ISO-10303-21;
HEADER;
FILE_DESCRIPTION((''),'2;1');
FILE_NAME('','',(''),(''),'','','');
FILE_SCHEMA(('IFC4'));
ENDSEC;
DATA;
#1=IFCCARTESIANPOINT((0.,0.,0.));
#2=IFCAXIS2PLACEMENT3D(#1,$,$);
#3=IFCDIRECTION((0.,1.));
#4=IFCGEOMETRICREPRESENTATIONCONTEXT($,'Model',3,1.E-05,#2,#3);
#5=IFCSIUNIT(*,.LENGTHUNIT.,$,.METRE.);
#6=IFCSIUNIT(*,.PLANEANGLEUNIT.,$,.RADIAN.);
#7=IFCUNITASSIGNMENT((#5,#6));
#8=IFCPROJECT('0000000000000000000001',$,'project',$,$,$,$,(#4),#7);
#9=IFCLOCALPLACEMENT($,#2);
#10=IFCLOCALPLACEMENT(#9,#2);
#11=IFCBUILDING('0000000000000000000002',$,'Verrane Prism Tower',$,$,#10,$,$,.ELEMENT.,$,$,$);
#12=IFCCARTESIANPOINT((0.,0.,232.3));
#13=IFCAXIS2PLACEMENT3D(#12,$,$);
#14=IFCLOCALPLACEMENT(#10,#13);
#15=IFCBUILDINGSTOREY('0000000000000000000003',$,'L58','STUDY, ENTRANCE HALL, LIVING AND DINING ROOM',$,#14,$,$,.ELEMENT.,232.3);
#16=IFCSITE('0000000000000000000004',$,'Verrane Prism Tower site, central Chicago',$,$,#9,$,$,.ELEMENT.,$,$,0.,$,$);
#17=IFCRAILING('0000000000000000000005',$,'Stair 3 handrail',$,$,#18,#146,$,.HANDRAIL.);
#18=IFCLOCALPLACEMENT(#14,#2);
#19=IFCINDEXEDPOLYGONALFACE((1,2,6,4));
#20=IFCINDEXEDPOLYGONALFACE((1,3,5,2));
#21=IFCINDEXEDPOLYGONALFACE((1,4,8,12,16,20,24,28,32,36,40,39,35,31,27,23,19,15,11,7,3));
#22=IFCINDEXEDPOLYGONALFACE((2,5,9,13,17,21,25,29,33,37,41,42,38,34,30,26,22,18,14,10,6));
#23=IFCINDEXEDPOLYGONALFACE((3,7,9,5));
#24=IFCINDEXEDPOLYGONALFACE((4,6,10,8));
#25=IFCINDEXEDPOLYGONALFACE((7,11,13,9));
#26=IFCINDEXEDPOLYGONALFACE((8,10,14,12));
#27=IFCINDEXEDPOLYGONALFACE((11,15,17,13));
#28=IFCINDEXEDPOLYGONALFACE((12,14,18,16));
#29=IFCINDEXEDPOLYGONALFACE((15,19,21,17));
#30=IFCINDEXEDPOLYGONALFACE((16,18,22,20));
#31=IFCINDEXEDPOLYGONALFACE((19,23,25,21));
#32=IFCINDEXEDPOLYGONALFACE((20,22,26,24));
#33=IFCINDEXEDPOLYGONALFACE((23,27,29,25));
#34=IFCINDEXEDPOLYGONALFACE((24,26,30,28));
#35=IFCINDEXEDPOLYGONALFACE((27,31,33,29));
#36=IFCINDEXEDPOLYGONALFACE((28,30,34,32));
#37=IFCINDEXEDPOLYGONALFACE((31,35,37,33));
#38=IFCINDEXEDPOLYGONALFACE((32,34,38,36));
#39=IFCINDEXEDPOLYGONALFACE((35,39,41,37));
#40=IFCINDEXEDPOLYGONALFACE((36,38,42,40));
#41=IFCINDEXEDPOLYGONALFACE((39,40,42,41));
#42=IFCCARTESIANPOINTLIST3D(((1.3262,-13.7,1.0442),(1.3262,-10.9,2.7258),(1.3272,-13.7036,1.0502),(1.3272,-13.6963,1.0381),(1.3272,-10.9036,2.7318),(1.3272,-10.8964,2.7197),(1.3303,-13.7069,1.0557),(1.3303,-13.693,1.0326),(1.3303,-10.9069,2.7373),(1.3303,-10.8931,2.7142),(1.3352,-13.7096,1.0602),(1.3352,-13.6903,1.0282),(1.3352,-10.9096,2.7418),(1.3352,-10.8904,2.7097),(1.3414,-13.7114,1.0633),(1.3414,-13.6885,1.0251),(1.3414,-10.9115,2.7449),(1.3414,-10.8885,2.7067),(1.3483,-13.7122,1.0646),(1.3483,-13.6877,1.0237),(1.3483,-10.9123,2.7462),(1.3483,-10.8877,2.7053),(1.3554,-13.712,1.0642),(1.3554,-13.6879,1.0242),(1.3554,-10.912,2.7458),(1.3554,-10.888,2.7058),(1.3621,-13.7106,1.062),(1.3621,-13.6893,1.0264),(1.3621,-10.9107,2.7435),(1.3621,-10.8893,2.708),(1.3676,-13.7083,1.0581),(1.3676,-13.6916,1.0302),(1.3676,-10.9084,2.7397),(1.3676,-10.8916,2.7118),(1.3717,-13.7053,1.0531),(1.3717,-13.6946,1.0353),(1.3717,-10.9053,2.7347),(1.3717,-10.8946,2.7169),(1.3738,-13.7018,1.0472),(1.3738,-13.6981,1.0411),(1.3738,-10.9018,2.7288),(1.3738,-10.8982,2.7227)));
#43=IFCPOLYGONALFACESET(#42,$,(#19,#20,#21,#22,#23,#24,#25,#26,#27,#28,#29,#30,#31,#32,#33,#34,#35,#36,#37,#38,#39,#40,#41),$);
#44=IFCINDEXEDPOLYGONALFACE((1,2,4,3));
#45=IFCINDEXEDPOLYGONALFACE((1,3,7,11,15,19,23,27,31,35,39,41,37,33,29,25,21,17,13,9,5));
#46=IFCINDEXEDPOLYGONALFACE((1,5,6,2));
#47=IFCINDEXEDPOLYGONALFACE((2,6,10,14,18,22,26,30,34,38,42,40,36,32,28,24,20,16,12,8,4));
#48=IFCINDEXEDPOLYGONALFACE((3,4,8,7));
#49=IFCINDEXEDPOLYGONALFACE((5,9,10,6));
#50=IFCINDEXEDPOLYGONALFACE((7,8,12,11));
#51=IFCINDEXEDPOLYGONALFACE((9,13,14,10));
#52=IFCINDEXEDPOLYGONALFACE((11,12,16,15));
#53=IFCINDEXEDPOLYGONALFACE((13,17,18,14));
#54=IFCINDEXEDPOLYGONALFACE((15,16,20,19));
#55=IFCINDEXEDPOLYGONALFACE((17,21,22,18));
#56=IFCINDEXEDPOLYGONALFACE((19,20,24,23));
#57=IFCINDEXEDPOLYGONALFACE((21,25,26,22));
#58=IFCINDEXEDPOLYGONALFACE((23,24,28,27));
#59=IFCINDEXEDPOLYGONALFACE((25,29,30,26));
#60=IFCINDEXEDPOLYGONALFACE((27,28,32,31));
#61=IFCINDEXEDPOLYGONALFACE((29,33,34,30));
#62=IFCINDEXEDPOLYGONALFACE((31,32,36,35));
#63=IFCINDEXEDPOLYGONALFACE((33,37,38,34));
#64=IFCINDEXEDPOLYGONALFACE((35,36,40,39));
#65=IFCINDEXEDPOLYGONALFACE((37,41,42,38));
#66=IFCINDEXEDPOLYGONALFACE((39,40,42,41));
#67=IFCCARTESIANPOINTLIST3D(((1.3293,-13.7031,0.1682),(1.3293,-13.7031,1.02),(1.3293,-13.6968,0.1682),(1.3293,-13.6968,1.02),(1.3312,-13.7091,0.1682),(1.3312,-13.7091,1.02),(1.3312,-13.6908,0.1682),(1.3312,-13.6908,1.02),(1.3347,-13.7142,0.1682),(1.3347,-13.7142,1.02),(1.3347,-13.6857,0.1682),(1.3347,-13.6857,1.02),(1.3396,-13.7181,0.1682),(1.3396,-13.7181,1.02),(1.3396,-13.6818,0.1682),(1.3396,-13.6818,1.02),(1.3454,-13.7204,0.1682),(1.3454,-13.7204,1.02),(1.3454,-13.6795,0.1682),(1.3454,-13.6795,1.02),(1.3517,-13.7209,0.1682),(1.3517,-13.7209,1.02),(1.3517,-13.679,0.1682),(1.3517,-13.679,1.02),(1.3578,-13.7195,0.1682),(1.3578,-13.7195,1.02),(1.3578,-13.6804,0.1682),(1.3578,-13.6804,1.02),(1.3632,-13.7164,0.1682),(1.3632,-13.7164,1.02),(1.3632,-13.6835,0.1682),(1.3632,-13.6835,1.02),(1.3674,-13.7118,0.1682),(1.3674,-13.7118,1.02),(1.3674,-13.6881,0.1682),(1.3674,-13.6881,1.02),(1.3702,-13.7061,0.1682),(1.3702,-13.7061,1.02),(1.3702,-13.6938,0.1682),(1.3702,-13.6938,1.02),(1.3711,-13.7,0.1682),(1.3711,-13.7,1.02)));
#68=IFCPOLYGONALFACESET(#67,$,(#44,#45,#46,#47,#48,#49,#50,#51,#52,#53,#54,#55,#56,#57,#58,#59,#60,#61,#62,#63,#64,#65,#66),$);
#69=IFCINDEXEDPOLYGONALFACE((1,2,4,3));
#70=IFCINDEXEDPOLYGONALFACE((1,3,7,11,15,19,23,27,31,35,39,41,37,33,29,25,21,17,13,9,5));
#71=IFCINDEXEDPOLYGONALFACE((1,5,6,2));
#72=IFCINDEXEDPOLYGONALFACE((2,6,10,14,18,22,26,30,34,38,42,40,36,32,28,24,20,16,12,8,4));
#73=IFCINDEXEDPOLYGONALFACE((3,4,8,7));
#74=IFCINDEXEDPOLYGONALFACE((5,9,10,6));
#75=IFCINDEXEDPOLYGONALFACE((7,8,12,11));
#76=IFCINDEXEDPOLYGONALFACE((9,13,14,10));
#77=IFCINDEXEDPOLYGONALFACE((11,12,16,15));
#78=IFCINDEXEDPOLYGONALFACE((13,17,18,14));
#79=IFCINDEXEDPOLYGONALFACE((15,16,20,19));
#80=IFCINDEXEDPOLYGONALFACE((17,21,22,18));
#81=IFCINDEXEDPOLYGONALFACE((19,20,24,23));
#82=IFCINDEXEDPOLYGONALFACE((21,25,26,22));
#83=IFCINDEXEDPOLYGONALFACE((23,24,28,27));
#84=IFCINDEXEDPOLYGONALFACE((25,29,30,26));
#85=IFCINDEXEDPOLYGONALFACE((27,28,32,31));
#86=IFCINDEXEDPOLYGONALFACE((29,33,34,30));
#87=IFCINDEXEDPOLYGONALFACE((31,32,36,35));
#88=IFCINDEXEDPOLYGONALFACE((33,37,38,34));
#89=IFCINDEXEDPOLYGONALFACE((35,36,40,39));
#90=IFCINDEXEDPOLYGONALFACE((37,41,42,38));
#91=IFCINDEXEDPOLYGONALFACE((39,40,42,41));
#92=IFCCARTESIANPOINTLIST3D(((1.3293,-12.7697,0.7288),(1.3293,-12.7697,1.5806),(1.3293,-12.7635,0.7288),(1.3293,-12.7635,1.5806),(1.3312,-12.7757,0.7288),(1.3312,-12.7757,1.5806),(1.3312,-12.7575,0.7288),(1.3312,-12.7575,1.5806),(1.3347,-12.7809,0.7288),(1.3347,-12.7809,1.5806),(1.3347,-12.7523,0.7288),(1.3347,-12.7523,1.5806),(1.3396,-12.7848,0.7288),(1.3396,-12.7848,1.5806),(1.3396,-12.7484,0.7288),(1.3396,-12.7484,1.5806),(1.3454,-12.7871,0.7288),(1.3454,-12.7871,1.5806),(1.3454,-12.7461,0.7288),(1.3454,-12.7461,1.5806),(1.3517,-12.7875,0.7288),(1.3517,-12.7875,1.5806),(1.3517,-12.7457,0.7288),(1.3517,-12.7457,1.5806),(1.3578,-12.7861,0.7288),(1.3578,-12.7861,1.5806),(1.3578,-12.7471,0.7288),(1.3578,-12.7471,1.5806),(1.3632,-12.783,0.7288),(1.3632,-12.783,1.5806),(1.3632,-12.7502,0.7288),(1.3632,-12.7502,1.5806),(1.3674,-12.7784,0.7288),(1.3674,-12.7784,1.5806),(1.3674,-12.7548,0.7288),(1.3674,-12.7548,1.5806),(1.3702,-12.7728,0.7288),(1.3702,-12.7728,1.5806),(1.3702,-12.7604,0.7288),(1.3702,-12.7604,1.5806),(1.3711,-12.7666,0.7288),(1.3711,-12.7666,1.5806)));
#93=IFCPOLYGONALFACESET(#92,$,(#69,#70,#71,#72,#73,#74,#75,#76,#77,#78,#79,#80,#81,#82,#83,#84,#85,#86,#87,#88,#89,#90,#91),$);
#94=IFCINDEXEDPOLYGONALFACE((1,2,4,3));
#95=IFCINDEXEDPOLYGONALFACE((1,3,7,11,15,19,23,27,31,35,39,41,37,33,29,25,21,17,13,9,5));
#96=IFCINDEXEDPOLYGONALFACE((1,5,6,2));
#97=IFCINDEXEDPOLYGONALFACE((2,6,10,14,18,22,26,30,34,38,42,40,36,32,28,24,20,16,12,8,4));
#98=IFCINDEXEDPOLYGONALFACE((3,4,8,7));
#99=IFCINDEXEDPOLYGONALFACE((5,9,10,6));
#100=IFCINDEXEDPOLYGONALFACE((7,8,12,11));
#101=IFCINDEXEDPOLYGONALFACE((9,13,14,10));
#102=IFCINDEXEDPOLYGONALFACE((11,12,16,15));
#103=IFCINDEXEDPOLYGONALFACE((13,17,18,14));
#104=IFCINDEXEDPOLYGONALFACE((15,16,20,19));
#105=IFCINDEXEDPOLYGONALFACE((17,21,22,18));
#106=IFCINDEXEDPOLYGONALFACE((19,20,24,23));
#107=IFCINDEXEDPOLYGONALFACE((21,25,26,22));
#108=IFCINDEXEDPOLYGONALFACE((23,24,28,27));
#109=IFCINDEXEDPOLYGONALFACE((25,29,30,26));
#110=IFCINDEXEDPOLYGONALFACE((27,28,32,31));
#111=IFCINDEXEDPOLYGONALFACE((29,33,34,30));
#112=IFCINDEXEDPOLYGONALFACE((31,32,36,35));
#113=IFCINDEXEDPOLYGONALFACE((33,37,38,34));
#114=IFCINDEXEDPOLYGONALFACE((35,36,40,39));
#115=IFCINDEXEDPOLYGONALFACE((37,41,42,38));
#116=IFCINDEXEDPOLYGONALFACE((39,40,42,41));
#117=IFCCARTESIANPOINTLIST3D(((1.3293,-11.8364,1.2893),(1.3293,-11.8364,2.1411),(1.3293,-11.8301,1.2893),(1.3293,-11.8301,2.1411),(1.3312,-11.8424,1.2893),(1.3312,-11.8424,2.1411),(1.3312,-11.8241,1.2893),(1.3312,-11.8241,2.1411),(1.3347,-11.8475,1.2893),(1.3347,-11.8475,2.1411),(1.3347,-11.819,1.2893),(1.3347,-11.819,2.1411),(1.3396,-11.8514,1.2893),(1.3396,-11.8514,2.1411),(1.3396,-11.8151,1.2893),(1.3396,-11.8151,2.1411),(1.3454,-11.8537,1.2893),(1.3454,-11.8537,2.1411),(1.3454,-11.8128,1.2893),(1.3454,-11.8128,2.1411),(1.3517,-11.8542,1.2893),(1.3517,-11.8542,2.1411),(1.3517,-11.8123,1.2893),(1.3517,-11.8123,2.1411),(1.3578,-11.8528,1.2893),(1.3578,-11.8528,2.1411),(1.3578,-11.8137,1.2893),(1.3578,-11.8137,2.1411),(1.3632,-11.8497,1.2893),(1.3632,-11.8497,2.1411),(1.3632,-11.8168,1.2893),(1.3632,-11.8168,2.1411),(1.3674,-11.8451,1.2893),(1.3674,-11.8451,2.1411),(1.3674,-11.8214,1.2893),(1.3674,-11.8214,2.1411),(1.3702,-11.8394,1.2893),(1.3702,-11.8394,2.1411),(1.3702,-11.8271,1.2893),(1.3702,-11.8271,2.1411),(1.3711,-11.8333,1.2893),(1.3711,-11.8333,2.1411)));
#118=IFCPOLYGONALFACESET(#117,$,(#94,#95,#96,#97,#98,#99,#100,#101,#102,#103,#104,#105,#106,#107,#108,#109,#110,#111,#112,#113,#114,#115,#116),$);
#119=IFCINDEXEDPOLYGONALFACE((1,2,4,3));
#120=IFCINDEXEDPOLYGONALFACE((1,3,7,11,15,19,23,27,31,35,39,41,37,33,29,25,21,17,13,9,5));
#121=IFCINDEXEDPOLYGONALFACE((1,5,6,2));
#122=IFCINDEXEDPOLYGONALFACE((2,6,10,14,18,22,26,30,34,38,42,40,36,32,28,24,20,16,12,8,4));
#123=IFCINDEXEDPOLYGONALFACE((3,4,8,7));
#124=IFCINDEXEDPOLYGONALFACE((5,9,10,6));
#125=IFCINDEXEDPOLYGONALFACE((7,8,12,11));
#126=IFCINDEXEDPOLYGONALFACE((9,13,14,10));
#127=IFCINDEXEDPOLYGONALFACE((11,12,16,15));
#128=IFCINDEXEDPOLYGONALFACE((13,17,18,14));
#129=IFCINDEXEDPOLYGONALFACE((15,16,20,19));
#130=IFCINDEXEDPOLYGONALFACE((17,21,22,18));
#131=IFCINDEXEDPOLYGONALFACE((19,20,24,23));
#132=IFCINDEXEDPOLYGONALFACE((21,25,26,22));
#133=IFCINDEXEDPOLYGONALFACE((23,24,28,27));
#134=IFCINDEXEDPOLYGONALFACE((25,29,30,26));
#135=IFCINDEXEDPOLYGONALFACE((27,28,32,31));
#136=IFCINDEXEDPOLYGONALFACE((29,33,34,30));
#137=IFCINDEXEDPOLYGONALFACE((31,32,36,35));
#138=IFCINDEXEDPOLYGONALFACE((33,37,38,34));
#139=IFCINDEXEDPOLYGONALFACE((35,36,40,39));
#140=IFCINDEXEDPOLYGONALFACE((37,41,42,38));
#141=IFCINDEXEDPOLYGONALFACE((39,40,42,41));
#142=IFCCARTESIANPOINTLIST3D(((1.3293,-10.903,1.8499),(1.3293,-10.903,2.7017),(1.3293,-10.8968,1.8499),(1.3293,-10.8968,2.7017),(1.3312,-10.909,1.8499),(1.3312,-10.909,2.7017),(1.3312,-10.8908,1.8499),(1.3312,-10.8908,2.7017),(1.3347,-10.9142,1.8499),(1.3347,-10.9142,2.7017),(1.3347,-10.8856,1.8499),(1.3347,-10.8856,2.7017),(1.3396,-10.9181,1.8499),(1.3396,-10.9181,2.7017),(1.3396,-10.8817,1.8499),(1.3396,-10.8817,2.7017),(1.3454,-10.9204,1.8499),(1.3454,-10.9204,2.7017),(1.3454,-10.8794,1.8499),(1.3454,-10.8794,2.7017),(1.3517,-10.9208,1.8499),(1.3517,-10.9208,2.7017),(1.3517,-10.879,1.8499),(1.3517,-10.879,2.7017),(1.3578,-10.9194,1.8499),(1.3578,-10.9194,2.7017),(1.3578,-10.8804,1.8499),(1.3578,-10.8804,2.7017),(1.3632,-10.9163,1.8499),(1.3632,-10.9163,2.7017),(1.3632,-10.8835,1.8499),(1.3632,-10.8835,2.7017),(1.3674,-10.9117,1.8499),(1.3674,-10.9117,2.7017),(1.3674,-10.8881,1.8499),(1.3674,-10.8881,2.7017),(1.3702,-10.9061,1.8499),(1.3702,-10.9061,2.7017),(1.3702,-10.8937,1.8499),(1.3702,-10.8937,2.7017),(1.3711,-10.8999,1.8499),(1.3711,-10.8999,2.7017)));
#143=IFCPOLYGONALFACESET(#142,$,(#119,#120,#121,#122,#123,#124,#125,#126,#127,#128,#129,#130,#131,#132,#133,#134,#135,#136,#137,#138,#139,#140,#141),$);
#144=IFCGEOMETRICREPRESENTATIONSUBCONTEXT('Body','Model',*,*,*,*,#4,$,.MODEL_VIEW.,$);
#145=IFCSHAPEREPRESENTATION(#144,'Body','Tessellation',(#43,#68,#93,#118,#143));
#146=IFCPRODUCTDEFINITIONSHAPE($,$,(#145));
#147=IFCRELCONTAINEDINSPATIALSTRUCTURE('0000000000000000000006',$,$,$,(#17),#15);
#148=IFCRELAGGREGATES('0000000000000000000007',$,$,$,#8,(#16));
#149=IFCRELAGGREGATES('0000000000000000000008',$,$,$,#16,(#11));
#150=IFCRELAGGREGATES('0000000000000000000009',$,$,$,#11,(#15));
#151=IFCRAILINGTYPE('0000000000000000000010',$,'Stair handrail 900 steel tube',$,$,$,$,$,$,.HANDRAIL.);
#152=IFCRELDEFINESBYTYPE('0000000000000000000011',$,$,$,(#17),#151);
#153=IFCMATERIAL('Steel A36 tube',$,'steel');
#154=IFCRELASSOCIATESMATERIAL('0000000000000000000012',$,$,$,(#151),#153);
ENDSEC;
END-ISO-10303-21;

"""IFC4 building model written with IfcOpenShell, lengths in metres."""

from ifc_helpers import new_model, si_unit, direction, frame, origin, origin_2d, place, context, subcontext, project, spatial, circle, extrude, material, type_object, element, save


model = new_model("IFC4")

# Units and contexts
model_context = context("Model", 3, precision=1e-05, world=origin(), true_north=direction((0.0, 1.0)))
body_context = subcontext(model_context, "Body", "Model", "MODEL_VIEW")
ifc_project = project(units=[si_unit("LENGTHUNIT", "METRE"), si_unit("PLANEANGLEUNIT", "RADIAN")], contexts=[model_context])

# Site, building, storey
site_placement = place(None, origin())
site = spatial("IfcSite", under=ifc_project, at=site_placement, Name="Verrane Prism Tower site, central Chicago", CompositionType="ELEMENT", RefElevation=0.0)
building_placement = place(site_placement, origin())
building = spatial("IfcBuilding", under=site, at=building_placement, Name="Verrane Prism Tower", CompositionType="ELEMENT")
storey_placement = place(building_placement, frame((0.0, 0.0, 232.3)))
storey = spatial("IfcBuildingStorey", under=building, at=storey_placement, Name="L58", Description="STUDY, ENTRANCE HALL, LIVING AND DINING ROOM", CompositionType="ELEMENT", Elevation=232.3)

# Railing
ifc_material_1 = material(Name="Steel A36 tube", Category="steel")
railing_type_1 = type_object("IfcRailingType", Name="Stair handrail 900 steel tube", PredefinedType="HANDRAIL", material=ifc_material_1)
railing_1_placement = place(storey_placement, frame((1.3501, -13.7, 0.1682)))
element("IfcRailing", 1, at=railing_1_placement, inside=storey, type_object=railing_type_1, Name="Stair 3 handrail", PredefinedType="HANDRAIL", context=body_context, shape_type="SweptSolid", body=[
    extrude(circle(Radius=0.0239, at=origin_2d()), frame((0.0, 0.0, 0.876), z_axis=(0.0, 0.857275, 0.514858), x_axis=(-1.0, 0.0, 0.0)), (0.0, 0.0, 1.0), 3.2661),
    extrude(circle(Radius=0.021, at=origin_2d()), origin(), (0.0, 0.0, 1.0), 0.8518),
    extrude(circle(Radius=0.021, at=origin_2d()), frame((0.0, 0.9333, 0.5605)), (0.0, 0.0, 1.0), 0.8518),
    extrude(circle(Radius=0.021, at=origin_2d()), frame((0.0, 1.8667, 1.1211)), (0.0, 0.0, 1.0), 0.8518),
    extrude(circle(Radius=0.021, at=origin_2d()), frame((0.0, 2.8, 1.6816)), (0.0, 0.0, 1.0), 0.8518),
])

save(model, "model.ifc")
